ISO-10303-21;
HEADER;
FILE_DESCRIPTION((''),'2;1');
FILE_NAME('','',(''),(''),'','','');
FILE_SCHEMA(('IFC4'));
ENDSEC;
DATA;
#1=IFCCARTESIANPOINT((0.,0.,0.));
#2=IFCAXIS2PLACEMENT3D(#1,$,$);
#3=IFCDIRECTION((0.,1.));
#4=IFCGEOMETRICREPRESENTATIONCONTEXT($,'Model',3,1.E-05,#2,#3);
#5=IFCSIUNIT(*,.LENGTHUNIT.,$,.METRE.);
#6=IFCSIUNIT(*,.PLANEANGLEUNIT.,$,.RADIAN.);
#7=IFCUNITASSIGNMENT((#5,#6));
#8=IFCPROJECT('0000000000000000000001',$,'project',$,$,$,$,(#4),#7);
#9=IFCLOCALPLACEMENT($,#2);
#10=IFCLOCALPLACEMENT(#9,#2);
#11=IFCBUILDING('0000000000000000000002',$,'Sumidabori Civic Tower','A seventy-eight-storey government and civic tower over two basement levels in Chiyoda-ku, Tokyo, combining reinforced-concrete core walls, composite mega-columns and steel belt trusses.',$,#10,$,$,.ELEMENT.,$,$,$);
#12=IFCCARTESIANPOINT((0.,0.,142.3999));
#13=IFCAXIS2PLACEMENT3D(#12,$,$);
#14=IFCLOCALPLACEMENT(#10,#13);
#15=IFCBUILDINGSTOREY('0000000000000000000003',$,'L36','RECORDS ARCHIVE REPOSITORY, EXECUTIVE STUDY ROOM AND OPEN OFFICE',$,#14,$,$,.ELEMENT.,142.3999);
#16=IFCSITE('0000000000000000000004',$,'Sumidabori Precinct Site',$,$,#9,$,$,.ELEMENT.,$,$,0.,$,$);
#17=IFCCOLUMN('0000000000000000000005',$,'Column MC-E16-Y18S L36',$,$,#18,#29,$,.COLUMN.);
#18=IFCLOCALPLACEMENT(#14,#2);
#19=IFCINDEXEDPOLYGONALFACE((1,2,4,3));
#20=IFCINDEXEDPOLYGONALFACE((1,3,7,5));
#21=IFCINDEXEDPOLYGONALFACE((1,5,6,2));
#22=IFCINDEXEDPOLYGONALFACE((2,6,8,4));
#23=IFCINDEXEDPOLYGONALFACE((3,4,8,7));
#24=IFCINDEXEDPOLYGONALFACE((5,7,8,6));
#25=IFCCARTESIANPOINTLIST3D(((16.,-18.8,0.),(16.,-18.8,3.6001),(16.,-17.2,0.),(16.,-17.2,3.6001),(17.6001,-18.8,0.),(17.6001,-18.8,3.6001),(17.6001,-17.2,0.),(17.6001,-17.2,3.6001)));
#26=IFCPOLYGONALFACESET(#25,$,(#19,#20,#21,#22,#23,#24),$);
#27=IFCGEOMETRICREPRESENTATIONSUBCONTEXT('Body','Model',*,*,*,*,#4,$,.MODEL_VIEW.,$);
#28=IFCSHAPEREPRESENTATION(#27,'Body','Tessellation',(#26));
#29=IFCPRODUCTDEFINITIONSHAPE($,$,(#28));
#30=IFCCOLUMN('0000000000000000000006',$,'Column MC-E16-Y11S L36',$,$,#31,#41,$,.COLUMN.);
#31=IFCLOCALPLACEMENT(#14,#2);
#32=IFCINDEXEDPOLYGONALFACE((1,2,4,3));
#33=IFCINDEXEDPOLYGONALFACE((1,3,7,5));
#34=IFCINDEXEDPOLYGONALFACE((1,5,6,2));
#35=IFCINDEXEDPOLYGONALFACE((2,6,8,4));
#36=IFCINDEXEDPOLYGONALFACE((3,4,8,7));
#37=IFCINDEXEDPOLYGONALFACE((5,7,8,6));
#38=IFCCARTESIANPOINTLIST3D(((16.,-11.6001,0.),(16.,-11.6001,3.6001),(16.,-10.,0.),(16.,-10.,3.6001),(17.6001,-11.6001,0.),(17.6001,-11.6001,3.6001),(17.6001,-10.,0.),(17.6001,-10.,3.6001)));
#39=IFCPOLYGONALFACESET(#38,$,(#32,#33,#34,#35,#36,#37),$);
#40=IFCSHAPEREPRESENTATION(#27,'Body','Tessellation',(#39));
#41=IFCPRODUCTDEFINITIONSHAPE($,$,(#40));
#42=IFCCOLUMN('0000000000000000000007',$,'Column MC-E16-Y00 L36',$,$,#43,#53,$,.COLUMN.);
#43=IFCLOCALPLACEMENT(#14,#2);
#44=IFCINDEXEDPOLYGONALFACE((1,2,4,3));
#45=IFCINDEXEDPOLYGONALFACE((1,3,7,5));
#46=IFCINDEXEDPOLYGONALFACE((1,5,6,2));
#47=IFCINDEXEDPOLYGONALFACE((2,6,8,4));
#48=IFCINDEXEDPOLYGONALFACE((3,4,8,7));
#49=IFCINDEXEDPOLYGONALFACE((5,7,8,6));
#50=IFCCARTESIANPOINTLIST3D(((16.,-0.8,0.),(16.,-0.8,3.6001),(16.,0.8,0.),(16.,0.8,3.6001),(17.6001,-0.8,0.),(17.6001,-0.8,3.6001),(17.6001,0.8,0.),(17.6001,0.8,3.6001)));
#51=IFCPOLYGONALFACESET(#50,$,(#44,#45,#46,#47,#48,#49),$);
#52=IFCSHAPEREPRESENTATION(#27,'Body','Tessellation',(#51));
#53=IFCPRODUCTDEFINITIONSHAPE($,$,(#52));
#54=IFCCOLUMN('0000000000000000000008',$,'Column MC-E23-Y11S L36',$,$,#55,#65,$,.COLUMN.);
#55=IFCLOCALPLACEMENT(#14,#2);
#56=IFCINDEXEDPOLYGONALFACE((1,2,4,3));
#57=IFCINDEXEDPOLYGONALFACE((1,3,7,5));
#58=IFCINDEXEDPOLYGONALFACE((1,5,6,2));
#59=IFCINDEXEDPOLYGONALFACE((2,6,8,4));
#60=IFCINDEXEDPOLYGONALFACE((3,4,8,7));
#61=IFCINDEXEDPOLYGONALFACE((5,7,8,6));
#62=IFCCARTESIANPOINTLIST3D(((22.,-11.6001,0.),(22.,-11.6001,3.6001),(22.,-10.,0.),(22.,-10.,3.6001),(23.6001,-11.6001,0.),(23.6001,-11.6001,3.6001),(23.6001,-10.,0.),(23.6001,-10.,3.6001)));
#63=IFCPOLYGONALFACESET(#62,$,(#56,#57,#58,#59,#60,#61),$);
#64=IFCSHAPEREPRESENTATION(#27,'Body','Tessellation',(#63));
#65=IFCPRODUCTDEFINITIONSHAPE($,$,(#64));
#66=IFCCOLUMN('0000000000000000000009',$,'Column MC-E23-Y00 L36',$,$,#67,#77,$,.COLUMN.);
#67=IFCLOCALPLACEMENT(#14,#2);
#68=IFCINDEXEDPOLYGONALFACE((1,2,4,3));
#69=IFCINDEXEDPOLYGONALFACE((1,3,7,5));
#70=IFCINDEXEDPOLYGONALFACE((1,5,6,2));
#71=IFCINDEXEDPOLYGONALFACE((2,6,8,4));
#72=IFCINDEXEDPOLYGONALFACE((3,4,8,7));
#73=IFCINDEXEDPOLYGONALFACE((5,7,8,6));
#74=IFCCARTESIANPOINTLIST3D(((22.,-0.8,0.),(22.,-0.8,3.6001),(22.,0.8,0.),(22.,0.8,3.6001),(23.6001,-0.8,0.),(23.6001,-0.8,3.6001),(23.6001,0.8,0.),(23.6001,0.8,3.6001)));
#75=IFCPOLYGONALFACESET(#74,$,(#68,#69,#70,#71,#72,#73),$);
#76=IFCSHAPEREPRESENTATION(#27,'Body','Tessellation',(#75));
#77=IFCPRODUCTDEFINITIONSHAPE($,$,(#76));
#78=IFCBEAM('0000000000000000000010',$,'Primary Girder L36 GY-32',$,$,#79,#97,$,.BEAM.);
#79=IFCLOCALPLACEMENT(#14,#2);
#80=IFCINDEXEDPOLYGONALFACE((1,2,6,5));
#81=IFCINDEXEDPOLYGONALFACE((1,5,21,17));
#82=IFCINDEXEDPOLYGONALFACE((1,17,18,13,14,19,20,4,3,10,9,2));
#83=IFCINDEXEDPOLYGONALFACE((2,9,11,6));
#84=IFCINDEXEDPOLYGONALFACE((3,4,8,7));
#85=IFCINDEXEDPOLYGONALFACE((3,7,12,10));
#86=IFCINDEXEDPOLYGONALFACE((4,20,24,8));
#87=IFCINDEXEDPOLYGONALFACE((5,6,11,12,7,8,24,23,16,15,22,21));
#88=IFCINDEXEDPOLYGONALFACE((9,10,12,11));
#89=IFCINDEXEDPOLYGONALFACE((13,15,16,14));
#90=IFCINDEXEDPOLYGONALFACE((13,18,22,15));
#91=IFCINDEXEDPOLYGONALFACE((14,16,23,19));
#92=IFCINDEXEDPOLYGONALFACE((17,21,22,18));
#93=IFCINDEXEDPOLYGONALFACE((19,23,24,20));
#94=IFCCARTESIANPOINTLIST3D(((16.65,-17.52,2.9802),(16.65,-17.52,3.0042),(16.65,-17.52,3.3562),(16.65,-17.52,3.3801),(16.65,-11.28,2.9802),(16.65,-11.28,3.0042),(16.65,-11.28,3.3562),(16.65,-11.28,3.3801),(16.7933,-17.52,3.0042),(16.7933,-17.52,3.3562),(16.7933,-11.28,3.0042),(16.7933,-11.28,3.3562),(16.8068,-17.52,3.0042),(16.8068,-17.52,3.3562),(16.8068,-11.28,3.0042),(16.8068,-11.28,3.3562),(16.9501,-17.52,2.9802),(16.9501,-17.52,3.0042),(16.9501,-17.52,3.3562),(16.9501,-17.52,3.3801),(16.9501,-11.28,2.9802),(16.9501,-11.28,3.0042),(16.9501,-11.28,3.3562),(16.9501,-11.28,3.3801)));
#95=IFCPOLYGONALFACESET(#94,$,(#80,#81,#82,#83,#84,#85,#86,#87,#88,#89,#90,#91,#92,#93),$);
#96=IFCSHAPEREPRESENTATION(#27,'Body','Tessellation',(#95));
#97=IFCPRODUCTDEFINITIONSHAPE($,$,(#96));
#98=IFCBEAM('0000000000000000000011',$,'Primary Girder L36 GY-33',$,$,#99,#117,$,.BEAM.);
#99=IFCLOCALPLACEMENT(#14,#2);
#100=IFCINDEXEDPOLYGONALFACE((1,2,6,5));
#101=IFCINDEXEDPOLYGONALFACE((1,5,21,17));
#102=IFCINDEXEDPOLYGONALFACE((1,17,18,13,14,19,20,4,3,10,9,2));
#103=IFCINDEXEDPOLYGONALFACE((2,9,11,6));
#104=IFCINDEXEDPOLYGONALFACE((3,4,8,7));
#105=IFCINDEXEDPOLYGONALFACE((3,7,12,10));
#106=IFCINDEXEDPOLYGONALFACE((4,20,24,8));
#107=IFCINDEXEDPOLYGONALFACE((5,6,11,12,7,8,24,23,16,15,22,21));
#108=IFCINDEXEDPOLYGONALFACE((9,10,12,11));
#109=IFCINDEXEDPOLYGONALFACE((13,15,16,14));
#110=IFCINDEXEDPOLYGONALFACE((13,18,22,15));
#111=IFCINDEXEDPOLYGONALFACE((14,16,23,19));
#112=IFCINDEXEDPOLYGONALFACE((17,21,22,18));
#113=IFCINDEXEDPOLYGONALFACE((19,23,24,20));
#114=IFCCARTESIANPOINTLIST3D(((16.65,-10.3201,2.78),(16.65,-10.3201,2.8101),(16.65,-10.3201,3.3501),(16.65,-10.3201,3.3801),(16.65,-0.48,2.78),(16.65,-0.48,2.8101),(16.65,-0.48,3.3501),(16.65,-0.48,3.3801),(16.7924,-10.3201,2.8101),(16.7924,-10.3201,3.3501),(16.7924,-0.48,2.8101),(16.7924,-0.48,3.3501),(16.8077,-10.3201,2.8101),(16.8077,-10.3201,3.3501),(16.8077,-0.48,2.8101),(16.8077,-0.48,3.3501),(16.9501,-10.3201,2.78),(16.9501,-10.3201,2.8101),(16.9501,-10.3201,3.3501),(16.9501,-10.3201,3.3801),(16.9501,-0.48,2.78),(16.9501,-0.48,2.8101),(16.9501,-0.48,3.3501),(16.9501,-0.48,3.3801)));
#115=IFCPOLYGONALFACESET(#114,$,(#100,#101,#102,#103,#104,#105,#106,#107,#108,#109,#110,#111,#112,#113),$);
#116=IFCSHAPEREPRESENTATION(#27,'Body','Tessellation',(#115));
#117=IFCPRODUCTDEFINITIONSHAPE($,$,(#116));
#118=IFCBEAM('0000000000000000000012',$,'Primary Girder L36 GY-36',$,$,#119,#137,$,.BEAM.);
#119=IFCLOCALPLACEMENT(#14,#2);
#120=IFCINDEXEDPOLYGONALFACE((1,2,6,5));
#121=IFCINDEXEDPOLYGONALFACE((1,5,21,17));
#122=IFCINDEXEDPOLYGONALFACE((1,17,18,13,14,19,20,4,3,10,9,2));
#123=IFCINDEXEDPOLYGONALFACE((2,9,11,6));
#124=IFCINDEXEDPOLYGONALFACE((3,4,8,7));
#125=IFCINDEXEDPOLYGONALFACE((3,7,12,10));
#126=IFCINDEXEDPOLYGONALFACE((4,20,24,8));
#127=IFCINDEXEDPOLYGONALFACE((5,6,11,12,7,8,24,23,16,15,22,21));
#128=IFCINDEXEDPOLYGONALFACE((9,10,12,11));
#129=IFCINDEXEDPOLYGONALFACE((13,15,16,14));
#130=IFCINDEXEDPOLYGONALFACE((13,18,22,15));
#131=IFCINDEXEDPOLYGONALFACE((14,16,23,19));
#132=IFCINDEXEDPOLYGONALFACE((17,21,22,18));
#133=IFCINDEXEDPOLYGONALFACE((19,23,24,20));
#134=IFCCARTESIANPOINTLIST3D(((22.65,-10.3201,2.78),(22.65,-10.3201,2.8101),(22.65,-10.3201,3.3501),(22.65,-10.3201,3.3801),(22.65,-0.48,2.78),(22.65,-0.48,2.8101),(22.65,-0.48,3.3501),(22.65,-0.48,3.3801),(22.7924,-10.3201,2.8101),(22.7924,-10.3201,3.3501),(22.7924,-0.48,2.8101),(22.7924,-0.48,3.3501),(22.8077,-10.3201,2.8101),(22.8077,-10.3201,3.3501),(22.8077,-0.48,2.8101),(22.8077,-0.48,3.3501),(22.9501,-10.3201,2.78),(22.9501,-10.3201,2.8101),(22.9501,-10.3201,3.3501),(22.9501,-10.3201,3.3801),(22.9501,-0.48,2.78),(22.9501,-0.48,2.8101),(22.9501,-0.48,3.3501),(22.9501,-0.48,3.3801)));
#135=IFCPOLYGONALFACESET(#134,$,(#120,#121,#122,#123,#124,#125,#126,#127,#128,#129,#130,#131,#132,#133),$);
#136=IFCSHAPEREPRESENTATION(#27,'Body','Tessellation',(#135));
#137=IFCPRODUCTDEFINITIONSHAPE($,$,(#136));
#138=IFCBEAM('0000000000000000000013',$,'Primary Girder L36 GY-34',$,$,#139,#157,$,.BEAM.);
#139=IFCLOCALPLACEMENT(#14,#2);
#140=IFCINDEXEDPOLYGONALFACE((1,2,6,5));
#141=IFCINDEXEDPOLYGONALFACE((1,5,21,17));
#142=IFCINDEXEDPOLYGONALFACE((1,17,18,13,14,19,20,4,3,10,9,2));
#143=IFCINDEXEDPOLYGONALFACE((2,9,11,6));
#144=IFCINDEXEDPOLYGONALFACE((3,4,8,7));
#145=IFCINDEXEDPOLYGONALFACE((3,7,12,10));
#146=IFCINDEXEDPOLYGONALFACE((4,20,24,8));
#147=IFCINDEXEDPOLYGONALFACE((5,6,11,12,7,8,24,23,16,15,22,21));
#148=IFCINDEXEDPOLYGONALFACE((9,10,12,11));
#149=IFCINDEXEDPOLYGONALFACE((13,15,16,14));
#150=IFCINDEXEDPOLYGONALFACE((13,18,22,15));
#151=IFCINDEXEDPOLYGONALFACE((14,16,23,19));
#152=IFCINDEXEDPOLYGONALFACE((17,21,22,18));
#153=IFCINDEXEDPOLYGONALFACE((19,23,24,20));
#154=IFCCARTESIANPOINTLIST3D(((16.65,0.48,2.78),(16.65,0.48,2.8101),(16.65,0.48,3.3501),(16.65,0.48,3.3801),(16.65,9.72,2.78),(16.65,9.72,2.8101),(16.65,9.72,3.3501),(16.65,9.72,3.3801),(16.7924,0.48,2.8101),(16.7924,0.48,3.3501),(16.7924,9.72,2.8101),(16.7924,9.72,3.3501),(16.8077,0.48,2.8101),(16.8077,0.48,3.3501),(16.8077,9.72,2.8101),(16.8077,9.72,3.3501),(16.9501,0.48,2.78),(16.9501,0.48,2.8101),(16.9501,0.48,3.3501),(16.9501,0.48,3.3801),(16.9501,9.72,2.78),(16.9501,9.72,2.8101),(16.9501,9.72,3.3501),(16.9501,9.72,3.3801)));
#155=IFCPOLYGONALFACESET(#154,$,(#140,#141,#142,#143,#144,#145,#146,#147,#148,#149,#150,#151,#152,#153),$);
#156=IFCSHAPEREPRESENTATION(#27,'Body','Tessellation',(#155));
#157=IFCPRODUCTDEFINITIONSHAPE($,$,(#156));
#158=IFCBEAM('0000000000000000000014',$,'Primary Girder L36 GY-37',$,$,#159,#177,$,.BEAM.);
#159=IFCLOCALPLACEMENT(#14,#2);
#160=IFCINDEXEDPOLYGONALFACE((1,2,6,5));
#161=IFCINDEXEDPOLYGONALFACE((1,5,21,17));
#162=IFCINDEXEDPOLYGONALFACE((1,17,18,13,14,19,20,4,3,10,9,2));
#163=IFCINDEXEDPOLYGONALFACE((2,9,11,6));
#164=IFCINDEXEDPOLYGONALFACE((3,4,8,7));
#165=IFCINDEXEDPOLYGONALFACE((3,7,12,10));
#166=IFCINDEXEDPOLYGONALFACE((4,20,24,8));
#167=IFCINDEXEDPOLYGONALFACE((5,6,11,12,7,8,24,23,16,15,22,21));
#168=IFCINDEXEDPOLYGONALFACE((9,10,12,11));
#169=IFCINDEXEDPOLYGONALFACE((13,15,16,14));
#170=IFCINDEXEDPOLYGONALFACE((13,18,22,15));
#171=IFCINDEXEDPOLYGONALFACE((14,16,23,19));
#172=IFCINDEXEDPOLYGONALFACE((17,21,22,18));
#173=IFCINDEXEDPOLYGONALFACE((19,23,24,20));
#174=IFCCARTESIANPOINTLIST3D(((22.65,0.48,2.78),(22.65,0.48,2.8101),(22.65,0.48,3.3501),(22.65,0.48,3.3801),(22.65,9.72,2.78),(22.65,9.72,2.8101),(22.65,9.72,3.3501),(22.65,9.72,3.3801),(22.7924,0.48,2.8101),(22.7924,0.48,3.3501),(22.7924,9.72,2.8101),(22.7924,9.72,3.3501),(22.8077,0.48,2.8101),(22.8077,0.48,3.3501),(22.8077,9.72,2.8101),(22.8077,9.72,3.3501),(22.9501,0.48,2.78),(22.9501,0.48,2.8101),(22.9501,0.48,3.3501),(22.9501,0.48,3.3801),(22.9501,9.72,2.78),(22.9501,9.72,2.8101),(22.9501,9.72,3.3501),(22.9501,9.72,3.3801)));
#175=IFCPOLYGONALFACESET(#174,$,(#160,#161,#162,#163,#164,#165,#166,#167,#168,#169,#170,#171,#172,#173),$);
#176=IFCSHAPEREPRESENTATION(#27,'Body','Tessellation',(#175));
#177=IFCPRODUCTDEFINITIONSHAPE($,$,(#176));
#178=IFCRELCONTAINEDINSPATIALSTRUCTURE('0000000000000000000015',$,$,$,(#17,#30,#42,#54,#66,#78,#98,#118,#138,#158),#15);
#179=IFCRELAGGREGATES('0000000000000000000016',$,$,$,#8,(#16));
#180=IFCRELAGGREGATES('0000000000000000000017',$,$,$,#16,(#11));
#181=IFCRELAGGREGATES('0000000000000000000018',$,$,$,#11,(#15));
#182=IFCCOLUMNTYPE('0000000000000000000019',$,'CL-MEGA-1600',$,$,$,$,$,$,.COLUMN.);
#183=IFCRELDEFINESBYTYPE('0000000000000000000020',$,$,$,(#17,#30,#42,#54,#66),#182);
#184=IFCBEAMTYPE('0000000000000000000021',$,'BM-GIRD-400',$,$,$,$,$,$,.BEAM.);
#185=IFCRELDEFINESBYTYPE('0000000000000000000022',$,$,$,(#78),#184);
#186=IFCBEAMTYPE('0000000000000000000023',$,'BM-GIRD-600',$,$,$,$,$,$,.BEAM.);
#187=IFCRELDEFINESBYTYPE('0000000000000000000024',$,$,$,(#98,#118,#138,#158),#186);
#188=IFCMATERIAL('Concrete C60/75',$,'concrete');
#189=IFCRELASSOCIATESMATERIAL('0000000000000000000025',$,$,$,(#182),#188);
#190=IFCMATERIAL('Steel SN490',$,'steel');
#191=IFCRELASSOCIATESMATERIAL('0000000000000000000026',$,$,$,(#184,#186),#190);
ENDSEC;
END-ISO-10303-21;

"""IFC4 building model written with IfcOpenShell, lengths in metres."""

from ifc_helpers import new_model, si_unit, direction, frame, origin, origin_2d, place, context, subcontext, project, spatial, rectangle, i_section, extrude, source, transform, mapped, material, material_profile, profile_set, type_object, element, save


model = new_model("IFC4")

# Units and contexts
model_context = context("Model", 3, precision=1e-05, world=origin(), true_north=direction((0.0, 1.0)))
body_context = subcontext(model_context, "Body", "Model", "MODEL_VIEW")
ifc_project = project(units=[si_unit("LENGTHUNIT", "METRE"), si_unit("PLANEANGLEUNIT", "RADIAN")], contexts=[model_context])

# Site, building, storey
site_placement = place(None, origin())
site = spatial("IfcSite", under=ifc_project, at=site_placement, Name="Sumidabori Precinct Site", CompositionType="ELEMENT", RefElevation=0.0)
building_placement = place(site_placement, origin())
building = spatial("IfcBuilding", under=site, at=building_placement, Name="Sumidabori Civic Tower", Description="A seventy-eight-storey government and civic tower over two basement levels in Chiyoda-ku, Tokyo, combining reinforced-concrete core walls, composite mega-columns and steel belt trusses.", CompositionType="ELEMENT")
storey_placement = place(building_placement, frame((0.0, 0.0, 142.3999)))
storey = spatial("IfcBuildingStorey", under=building, at=storey_placement, Name="L36", Description="RECORDS ARCHIVE REPOSITORY, EXECUTIVE STUDY ROOM AND OPEN OFFICE", CompositionType="ELEMENT", Elevation=142.3999)

# Columns
ifc_material_1 = material(Name="Concrete C60/75", Category="concrete")
ifc_material_profile_1 = material_profile(ifc_material_1, rectangle(XDim=1.6001, YDim=1.6001, at=origin_2d()), Name="RC 1600x1600")
ifc_profile_set_1 = profile_set([ifc_material_profile_1], Name="Concrete C60/75")
column_type = type_object("IfcColumnType", Name="CL-MEGA-1600", PredefinedType="COLUMN", material=ifc_profile_set_1)
shared_shape_1 = source(origin(), body_context, "Body", "SweptSolid", [
    extrude(rectangle(XDim=1.6001, YDim=1.6001, at=origin_2d()), origin(), (0.0, 0.0, 1.0), 3.6001),
])
for number, where, z_axis, x_axis, name in (
    (1, (16.8, -18.0, 0.0), (0.0, 0.0, 1.0), (1.0, 0.0, 0.0), "Column MC-E16-Y18S L36"),
    (2, (16.8, -10.8, 0.0), (0.0, 0.0, 1.0), (1.0, 0.0, 0.0), "Column MC-E16-Y11S L36"),
    (3, (16.8, 0.0, 0.0), (0.0, 0.0, 1.0), (1.0, 0.0, 0.0), "Column MC-E16-Y00 L36"),
    (4, (22.8, -10.8, 0.0), (0.0, 0.0, 1.0), (1.0, 0.0, 0.0), "Column MC-E23-Y11S L36"),
    (5, (22.8, 0.0, 0.0), (0.0, 0.0, 1.0), (1.0, 0.0, 0.0), "Column MC-E23-Y00 L36"),
):
    element("IfcColumn", number, at=place(storey_placement, frame(where, z_axis=z_axis, x_axis=x_axis)), inside=storey, type_object=column_type, Name=name, PredefinedType="COLUMN", context=body_context, shape_type="MappedRepresentation", body=[
        mapped(shared_shape_1, transform((0.0, 0.0, 0.0), x_axis=(1.0, 0.0, 0.0), y_axis=(0.0, 1.0, 0.0), z_axis=(0.0, 0.0, 1.0), scale=1.0)),
    ])

# Beams
ifc_material_2 = material(Name="Steel SN490", Category="steel")
ifc_material_profile_2 = material_profile(ifc_material_2, i_section(OverallWidth=0.3, OverallDepth=0.3999, WebThickness=0.0134, FlangeThickness=0.0239, at=origin_2d()), Name="HE 400 B")
ifc_profile_set_2 = profile_set([ifc_material_profile_2], Name="Steel SN490")
beam_type_1 = type_object("IfcBeamType", Name="BM-GIRD-400", PredefinedType="BEAM", material=ifc_profile_set_2)
shared_shape_2 = source(origin(), body_context, "Body", "SweptSolid", [
    extrude(i_section(OverallWidth=0.3, OverallDepth=0.3999, WebThickness=0.0134, FlangeThickness=0.0239, at=origin_2d()), origin(), (0.0, 0.0, 1.0), 6.24),
])
beam_placement = place(storey_placement, frame((16.8, -17.52, 3.1802), z_axis=(0.0, 1.0, 0.0), x_axis=(-1.0, 0.0, 0.0)))
element("IfcBeam", 6, at=beam_placement, inside=storey, type_object=beam_type_1, Name="Primary Girder L36 GY-32", PredefinedType="BEAM", context=body_context, shape_type="MappedRepresentation", body=[
    mapped(shared_shape_2, transform((0.0, 0.0, 0.0), x_axis=(1.0, 0.0, 0.0), y_axis=(0.0, 1.0, 0.0), z_axis=(0.0, 0.0, 1.0), scale=1.0)),
])
ifc_material_profile_3 = material_profile(ifc_material_2, i_section(OverallWidth=0.3, OverallDepth=0.6001, WebThickness=0.0154, FlangeThickness=0.03, at=origin_2d()), Name="HE 600 B")
ifc_profile_set_3 = profile_set([ifc_material_profile_3], Name="Steel SN490")
beam_type_2 = type_object("IfcBeamType", Name="BM-GIRD-600", PredefinedType="BEAM", material=ifc_profile_set_3)
shared_shape_3 = source(origin(), body_context, "Body", "SweptSolid", [
    extrude(i_section(OverallWidth=0.3, OverallDepth=0.6001, WebThickness=0.0154, FlangeThickness=0.03, at=origin_2d()), origin(), (0.0, 0.0, 1.0), 9.8401),
])
for number, where, z_axis, x_axis, name in (
    (7, (16.8, -10.3201, 3.0801), (0.0, 1.0, 0.0), (-1.0, 0.0, 0.0), "Primary Girder L36 GY-33"),
    (8, (22.8, -10.3201, 3.0801), (0.0, 1.0, 0.0), (-1.0, 0.0, 0.0), "Primary Girder L36 GY-36"),
):
    element("IfcBeam", number, at=place(storey_placement, frame(where, z_axis=z_axis, x_axis=x_axis)), inside=storey, type_object=beam_type_2, Name=name, PredefinedType="BEAM", context=body_context, shape_type="MappedRepresentation", body=[
        mapped(shared_shape_3, transform((0.0, 0.0, 0.0), x_axis=(1.0, 0.0, 0.0), y_axis=(0.0, 1.0, 0.0), z_axis=(0.0, 0.0, 1.0), scale=1.0)),
    ])
shared_shape_4 = source(origin(), body_context, "Body", "SweptSolid", [
    extrude(i_section(OverallWidth=0.3, OverallDepth=0.6001, WebThickness=0.0154, FlangeThickness=0.03, at=origin_2d()), origin(), (0.0, 0.0, 1.0), 9.24),
])
for number, where, z_axis, x_axis, name in (
    (9, (16.8, 0.48, 3.0801), (0.0, 1.0, 0.0), (-1.0, 0.0, 0.0), "Primary Girder L36 GY-34"),
    (10, (22.8, 0.48, 3.0801), (0.0, 1.0, 0.0), (-1.0, 0.0, 0.0), "Primary Girder L36 GY-37"),
):
    element("IfcBeam", number, at=place(storey_placement, frame(where, z_axis=z_axis, x_axis=x_axis)), inside=storey, type_object=beam_type_2, Name=name, PredefinedType="BEAM", context=body_context, shape_type="MappedRepresentation", body=[
        mapped(shared_shape_4, transform((0.0, 0.0, 0.0), x_axis=(1.0, 0.0, 0.0), y_axis=(0.0, 1.0, 0.0), z_axis=(0.0, 0.0, 1.0), scale=1.0)),
    ])

save(model, "model.ifc")
